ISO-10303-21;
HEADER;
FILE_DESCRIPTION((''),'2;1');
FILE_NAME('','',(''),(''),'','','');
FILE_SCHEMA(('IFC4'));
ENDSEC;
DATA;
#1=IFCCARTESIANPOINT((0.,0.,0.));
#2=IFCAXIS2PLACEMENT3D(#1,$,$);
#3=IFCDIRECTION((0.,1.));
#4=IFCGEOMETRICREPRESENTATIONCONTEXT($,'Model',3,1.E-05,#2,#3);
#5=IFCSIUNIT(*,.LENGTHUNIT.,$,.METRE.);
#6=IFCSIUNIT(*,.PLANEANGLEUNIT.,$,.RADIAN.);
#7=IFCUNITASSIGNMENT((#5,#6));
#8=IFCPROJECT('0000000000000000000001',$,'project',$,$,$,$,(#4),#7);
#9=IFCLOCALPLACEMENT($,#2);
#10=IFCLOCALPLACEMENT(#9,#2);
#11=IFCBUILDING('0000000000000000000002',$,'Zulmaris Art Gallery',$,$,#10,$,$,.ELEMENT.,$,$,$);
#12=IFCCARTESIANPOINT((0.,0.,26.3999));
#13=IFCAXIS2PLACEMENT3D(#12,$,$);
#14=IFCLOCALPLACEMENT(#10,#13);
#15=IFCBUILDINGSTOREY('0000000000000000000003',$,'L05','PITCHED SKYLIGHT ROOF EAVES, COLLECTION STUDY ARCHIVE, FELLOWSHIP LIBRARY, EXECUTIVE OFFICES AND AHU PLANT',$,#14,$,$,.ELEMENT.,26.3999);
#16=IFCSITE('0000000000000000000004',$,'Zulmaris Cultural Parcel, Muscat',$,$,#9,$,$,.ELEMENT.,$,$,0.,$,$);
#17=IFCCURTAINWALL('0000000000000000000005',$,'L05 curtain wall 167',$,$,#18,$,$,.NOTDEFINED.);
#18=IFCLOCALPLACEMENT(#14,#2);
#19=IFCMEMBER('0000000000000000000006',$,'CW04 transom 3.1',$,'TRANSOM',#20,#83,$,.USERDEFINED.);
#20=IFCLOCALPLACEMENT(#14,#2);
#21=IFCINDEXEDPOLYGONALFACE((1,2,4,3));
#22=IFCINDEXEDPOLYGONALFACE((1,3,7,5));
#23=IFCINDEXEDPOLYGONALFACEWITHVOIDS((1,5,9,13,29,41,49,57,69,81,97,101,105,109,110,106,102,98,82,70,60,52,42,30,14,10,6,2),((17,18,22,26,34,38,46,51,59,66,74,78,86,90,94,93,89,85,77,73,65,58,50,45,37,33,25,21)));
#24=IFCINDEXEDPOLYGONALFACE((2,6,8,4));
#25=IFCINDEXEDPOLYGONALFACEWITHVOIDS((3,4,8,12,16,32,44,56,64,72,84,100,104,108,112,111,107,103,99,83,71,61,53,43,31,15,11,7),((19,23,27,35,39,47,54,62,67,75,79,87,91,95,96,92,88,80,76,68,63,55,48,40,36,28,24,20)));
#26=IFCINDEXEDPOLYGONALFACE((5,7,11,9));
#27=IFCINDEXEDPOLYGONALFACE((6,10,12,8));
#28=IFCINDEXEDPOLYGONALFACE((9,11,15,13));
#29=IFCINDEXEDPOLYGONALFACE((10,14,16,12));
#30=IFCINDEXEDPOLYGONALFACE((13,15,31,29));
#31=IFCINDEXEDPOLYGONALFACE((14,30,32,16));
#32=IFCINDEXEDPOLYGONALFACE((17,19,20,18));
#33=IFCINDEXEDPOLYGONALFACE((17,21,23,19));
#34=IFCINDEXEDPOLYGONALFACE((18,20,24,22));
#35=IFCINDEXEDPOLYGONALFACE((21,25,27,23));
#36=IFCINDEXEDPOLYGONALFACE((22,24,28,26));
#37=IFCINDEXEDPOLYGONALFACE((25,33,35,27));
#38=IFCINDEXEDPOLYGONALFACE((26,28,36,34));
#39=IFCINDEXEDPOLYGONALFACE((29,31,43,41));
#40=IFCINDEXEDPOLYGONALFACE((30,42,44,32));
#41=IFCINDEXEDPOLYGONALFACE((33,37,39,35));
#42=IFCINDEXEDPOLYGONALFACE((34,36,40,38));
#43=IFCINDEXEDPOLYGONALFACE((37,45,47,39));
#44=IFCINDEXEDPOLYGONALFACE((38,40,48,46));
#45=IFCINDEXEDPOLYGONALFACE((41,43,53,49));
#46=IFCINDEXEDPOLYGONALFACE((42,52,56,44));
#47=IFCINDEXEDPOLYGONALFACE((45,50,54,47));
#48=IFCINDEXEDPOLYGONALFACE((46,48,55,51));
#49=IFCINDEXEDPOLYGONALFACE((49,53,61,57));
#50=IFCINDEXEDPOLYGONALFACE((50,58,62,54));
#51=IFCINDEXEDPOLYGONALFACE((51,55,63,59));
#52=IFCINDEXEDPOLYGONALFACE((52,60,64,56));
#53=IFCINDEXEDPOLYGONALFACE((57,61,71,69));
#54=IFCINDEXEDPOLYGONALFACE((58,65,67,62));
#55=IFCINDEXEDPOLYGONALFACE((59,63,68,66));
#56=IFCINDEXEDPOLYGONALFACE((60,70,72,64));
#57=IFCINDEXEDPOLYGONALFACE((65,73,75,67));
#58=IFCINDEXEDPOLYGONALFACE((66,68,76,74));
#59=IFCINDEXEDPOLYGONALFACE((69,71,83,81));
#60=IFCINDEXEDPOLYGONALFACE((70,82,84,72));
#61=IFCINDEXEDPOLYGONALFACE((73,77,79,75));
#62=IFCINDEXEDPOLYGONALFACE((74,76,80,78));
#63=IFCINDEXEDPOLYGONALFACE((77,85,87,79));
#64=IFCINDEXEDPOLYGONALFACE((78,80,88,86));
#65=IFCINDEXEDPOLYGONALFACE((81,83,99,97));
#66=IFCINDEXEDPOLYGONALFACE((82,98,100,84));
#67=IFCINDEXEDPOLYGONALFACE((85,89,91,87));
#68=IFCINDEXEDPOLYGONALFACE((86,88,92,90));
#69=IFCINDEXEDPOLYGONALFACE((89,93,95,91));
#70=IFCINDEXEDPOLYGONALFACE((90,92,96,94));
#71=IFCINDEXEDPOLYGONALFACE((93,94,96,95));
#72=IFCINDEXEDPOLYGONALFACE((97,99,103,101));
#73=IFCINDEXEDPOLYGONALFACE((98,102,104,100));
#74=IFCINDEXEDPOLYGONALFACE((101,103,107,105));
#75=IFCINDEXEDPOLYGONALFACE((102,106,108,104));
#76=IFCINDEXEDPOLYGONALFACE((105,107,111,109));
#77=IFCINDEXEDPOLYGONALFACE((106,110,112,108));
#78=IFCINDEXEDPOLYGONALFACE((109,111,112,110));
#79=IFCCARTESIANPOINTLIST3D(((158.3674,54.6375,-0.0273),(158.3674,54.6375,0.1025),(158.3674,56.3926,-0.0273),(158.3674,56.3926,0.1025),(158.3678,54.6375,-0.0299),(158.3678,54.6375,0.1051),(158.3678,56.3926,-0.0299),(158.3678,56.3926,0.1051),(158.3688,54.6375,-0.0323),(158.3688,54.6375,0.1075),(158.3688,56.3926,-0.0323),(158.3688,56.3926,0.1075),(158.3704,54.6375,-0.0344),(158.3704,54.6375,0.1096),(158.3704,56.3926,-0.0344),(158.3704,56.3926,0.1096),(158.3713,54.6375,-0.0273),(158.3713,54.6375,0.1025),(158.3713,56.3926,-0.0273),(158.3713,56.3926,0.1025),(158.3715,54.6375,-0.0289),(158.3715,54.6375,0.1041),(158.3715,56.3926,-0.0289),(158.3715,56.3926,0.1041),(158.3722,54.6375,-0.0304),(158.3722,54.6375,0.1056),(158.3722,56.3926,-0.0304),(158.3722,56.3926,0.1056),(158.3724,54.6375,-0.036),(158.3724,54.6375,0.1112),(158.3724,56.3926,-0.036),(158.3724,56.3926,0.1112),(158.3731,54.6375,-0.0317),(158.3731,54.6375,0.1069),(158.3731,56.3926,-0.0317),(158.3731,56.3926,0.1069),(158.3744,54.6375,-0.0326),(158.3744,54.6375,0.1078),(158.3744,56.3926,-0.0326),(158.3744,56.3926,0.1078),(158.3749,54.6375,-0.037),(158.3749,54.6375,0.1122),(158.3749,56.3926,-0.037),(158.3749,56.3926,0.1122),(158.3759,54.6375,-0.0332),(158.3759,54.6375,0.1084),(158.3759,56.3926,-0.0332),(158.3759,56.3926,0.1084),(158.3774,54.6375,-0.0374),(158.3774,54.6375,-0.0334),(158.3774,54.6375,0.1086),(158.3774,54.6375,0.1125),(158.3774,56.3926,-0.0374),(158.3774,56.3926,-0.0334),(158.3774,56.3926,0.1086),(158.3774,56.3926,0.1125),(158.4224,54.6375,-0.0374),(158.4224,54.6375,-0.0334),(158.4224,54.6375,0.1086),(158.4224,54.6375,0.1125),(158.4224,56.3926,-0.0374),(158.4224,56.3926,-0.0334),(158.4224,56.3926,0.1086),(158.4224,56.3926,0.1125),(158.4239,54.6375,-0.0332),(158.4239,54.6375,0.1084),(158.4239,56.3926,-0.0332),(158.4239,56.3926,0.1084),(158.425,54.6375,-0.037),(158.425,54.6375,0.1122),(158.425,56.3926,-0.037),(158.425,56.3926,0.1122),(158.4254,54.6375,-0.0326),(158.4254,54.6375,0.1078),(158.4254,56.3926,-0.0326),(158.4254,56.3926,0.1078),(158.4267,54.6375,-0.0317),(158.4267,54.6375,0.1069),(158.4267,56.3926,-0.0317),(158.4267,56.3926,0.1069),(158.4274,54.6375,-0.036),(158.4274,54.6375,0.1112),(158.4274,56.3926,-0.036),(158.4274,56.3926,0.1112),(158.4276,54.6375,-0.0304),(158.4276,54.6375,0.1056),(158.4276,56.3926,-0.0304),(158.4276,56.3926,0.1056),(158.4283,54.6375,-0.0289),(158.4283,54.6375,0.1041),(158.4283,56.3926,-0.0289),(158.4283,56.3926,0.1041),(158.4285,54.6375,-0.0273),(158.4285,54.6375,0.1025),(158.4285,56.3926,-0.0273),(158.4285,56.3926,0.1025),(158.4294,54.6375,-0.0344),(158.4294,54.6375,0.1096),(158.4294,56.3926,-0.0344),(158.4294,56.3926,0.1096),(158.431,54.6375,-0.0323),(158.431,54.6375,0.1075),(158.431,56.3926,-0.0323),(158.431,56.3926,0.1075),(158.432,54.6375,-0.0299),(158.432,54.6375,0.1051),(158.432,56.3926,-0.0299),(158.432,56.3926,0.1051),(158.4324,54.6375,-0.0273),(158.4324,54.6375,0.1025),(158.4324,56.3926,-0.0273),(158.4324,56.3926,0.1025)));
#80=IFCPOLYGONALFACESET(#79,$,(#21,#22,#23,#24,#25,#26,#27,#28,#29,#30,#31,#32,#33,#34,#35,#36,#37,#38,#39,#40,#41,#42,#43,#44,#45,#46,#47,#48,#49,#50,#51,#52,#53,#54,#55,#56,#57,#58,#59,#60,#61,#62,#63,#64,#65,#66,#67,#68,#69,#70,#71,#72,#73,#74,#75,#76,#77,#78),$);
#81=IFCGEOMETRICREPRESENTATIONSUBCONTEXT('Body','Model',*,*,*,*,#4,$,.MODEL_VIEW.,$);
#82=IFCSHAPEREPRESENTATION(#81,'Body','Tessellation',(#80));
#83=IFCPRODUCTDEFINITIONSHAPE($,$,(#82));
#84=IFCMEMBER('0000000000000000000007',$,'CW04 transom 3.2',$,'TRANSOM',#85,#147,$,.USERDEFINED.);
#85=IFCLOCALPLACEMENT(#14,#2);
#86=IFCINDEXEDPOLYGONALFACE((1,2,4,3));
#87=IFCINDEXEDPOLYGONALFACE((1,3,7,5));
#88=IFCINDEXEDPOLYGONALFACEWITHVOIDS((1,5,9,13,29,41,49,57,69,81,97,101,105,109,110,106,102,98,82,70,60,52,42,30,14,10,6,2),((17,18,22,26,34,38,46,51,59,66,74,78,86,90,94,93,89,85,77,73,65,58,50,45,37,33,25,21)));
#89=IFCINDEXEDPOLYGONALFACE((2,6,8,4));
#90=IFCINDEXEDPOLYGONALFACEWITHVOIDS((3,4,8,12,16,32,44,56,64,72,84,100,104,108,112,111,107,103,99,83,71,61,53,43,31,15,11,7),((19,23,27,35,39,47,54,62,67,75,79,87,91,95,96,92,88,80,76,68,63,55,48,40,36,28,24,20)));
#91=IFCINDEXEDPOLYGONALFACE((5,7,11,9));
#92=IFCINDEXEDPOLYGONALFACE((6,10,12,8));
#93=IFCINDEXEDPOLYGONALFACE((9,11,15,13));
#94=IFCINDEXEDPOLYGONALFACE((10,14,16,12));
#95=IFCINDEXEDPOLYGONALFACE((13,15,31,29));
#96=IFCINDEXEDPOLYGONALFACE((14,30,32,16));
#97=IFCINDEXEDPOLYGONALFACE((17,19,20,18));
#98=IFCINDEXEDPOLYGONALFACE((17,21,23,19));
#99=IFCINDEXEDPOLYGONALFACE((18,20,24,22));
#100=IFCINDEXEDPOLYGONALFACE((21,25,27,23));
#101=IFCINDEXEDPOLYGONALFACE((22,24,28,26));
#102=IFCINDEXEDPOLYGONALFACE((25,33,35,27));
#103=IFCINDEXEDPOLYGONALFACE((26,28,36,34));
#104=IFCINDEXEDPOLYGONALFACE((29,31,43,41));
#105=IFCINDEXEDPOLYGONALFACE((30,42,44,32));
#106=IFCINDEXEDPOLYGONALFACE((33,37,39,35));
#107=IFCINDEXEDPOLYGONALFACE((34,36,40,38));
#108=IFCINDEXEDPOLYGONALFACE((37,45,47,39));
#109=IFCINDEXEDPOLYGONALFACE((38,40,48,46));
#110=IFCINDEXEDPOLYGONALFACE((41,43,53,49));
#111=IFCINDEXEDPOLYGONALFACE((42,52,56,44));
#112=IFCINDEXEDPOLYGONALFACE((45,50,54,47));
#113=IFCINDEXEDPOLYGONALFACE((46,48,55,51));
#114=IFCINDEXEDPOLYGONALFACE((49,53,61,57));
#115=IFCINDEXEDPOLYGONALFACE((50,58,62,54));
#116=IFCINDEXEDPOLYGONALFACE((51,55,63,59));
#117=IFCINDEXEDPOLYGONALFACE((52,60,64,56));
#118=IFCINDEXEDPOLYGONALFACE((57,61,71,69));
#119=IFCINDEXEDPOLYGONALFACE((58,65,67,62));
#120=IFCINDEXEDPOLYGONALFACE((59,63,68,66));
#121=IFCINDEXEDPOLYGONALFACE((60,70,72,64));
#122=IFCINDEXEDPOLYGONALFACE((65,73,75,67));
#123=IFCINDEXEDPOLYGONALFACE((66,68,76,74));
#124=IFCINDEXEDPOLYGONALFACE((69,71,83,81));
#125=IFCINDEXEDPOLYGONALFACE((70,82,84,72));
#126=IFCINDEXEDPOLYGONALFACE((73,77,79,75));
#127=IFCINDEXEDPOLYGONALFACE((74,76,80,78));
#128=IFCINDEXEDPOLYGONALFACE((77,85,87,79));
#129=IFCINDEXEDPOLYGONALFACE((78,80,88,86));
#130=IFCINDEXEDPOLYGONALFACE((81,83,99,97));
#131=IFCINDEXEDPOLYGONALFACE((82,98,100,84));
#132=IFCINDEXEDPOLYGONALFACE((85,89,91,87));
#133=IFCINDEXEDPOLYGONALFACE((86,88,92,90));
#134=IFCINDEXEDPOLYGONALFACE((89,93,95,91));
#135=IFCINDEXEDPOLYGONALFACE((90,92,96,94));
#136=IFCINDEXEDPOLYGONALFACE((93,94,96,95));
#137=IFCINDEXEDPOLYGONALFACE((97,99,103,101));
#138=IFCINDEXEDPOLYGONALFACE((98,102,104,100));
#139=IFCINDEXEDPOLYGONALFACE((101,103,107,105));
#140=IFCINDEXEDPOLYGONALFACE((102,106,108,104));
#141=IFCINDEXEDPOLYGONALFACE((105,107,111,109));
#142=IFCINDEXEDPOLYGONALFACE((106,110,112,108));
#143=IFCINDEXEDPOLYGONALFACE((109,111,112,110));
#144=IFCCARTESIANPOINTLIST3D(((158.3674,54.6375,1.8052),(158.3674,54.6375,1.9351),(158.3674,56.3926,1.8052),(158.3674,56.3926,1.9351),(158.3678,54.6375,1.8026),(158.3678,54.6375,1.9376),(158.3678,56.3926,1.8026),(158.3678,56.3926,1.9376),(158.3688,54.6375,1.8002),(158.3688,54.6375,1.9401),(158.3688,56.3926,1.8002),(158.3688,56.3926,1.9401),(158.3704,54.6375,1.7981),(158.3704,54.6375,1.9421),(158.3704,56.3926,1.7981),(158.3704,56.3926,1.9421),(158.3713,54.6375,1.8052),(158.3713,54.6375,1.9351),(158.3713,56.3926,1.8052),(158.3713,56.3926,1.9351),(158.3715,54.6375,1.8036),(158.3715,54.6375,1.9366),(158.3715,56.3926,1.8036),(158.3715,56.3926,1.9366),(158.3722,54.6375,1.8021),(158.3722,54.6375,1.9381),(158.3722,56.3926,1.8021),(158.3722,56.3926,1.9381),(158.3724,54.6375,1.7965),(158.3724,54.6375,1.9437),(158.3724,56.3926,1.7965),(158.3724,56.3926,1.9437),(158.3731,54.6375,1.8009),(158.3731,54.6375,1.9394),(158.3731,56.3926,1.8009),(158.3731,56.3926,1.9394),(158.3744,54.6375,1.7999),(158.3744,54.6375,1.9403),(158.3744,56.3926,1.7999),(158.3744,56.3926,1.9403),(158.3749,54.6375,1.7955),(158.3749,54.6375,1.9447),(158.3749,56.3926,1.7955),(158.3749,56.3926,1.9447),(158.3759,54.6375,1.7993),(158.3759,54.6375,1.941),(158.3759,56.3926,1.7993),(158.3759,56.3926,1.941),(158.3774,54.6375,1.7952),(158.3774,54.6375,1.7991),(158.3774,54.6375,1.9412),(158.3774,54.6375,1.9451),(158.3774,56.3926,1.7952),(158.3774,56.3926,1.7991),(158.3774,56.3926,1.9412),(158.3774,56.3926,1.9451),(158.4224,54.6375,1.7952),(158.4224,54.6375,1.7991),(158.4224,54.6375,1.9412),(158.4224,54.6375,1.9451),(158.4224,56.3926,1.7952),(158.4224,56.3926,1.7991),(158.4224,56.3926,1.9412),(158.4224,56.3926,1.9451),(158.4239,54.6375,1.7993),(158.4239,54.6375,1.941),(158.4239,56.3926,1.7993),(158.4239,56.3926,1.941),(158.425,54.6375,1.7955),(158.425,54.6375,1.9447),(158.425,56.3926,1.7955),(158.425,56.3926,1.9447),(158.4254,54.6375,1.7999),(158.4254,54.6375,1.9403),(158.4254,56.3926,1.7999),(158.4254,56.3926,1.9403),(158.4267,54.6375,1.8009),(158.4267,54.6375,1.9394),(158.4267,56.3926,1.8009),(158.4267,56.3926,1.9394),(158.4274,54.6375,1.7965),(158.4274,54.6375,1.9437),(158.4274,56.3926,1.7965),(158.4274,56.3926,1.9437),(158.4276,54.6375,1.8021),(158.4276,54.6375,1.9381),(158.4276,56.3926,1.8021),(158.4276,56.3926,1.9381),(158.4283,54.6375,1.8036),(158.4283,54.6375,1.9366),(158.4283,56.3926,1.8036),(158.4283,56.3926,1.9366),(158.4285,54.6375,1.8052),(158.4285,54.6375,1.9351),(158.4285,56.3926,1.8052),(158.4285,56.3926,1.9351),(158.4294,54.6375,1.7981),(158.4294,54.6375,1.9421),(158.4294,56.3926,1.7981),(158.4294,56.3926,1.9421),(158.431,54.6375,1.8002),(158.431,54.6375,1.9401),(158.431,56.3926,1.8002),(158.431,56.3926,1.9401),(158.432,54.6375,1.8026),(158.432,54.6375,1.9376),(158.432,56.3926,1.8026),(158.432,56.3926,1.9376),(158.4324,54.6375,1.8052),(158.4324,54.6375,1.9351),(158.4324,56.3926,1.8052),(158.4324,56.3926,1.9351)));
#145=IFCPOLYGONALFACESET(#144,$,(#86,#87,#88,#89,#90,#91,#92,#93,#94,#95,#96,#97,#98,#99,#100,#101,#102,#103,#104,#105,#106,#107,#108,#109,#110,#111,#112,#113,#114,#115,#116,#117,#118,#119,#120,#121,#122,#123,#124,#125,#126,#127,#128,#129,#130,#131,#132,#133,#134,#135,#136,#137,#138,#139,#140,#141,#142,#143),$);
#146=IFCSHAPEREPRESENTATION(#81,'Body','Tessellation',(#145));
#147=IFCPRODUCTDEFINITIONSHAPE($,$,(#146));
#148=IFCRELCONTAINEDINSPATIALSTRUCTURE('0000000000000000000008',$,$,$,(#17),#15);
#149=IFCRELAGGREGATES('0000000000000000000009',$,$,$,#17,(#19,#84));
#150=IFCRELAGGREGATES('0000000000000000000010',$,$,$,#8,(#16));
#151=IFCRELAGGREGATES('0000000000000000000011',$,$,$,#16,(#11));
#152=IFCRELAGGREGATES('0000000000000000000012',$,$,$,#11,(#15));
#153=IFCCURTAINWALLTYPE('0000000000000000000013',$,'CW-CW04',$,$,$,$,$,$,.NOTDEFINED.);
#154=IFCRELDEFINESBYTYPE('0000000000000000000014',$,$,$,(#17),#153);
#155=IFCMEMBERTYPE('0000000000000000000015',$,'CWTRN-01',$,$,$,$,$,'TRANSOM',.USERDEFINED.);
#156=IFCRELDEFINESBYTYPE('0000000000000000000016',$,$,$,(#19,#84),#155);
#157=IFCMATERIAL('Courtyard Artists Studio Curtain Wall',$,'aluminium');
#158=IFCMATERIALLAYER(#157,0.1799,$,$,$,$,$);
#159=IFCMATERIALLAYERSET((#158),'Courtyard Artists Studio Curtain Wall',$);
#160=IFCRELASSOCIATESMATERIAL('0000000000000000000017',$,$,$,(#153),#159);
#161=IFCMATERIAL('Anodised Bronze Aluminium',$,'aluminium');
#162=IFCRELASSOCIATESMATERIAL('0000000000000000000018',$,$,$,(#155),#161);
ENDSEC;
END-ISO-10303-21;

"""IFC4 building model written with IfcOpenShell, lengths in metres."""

from ifc_helpers import new_model, si_unit, direction, frame, origin, origin_2d, place, context, subcontext, project, spatial, hollow_rectangle, extrude, material, layer, layer_set, material_profile, profile_set, type_object, element, aggregate, save


model = new_model("IFC4")

# Units and contexts
model_context = context("Model", 3, precision=1e-05, world=origin(), true_north=direction((0.0, 1.0)))
body_context = subcontext(model_context, "Body", "Model", "MODEL_VIEW")
ifc_project = project(units=[si_unit("LENGTHUNIT", "METRE"), si_unit("PLANEANGLEUNIT", "RADIAN")], contexts=[model_context])

# Site, building, storey
site_placement = place(None, origin())
site = spatial("IfcSite", under=ifc_project, at=site_placement, Name="Zulmaris Cultural Parcel, Muscat", CompositionType="ELEMENT", RefElevation=0.0)
building_placement = place(site_placement, origin())
building = spatial("IfcBuilding", under=site, at=building_placement, Name="Zulmaris Art Gallery", CompositionType="ELEMENT")
storey_placement = place(building_placement, frame((0.0, 0.0, 26.3999)))
storey = spatial("IfcBuildingStorey", under=building, at=storey_placement, Name="L05", Description="PITCHED SKYLIGHT ROOF EAVES, COLLECTION STUDY ARCHIVE, FELLOWSHIP LIBRARY, EXECUTIVE OFFICES AND AHU PLANT", CompositionType="ELEMENT", Elevation=26.3999)

# Curtain wall
ifc_material_1 = material(Name="Courtyard Artists Studio Curtain Wall", Category="aluminium")
ifc_layer_1 = layer(ifc_material_1, 0.1799)
ifc_layer_set_1 = layer_set([ifc_layer_1], Name="Courtyard Artists Studio Curtain Wall")
curtain_wall_type = type_object("IfcCurtainWallType", Name="CW-CW04", PredefinedType="NOTDEFINED", material=ifc_layer_set_1)
curtain_wall_1_placement = place(storey_placement, origin())
curtain_wall_1 = element("IfcCurtainWall", 1, at=curtain_wall_1_placement, inside=storey, type_object=curtain_wall_type, Name="L05 curtain wall 167", PredefinedType="NOTDEFINED")
ifc_material_2 = material(Name="Anodised Bronze Aluminium", Category="aluminium")

# Members
ifc_material_profile_1 = material_profile(ifc_material_2, hollow_rectangle(XDim=0.0649, YDim=0.1499, WallThickness=0.0039, InnerFilletRadius=0.0061, OuterFilletRadius=0.01, at=origin_2d()), Name="ALU 65x150x4")
ifc_profile_set_1 = profile_set([ifc_material_profile_1], Name="Anodised Bronze Aluminium")
member_type_1 = type_object("IfcMemberType", Name="CWTRN-01", ElementType="TRANSOM", PredefinedType="USERDEFINED", material=ifc_profile_set_1)
member_1_placement = place(storey_placement, frame((158.3999, 54.6375, 0.0376), z_axis=(0.0, 1.0, 0.0), x_axis=(-1.0, 0.0, 0.0)))
member_1 = element("IfcMember", 2, at=member_1_placement, type_object=member_type_1, Name="CW04 transom 3.1", ObjectType="TRANSOM", PredefinedType="USERDEFINED", context=body_context, shape_type="SweptSolid", body=[
    extrude(hollow_rectangle(XDim=0.0649, YDim=0.1499, WallThickness=0.0039, InnerFilletRadius=0.0061, OuterFilletRadius=0.01, at=origin_2d()), origin(), (0.0, 0.0, 1.0), 1.7551),
])
member_2_placement = place(storey_placement, frame((158.3999, 54.6375, 1.8701), z_axis=(0.0, 1.0, 0.0), x_axis=(-1.0, 0.0, 0.0)))
member_2 = element("IfcMember", 3, at=member_2_placement, type_object=member_type_1, Name="CW04 transom 3.2", ObjectType="TRANSOM", PredefinedType="USERDEFINED", context=body_context, shape_type="SweptSolid", body=[
    extrude(hollow_rectangle(XDim=0.0649, YDim=0.1499, WallThickness=0.0039, InnerFilletRadius=0.0061, OuterFilletRadius=0.01, at=origin_2d()), origin(), (0.0, 0.0, 1.0), 1.7551),
])

aggregate(curtain_wall_1, [member_1, member_2])

save(model, "model.ifc")
